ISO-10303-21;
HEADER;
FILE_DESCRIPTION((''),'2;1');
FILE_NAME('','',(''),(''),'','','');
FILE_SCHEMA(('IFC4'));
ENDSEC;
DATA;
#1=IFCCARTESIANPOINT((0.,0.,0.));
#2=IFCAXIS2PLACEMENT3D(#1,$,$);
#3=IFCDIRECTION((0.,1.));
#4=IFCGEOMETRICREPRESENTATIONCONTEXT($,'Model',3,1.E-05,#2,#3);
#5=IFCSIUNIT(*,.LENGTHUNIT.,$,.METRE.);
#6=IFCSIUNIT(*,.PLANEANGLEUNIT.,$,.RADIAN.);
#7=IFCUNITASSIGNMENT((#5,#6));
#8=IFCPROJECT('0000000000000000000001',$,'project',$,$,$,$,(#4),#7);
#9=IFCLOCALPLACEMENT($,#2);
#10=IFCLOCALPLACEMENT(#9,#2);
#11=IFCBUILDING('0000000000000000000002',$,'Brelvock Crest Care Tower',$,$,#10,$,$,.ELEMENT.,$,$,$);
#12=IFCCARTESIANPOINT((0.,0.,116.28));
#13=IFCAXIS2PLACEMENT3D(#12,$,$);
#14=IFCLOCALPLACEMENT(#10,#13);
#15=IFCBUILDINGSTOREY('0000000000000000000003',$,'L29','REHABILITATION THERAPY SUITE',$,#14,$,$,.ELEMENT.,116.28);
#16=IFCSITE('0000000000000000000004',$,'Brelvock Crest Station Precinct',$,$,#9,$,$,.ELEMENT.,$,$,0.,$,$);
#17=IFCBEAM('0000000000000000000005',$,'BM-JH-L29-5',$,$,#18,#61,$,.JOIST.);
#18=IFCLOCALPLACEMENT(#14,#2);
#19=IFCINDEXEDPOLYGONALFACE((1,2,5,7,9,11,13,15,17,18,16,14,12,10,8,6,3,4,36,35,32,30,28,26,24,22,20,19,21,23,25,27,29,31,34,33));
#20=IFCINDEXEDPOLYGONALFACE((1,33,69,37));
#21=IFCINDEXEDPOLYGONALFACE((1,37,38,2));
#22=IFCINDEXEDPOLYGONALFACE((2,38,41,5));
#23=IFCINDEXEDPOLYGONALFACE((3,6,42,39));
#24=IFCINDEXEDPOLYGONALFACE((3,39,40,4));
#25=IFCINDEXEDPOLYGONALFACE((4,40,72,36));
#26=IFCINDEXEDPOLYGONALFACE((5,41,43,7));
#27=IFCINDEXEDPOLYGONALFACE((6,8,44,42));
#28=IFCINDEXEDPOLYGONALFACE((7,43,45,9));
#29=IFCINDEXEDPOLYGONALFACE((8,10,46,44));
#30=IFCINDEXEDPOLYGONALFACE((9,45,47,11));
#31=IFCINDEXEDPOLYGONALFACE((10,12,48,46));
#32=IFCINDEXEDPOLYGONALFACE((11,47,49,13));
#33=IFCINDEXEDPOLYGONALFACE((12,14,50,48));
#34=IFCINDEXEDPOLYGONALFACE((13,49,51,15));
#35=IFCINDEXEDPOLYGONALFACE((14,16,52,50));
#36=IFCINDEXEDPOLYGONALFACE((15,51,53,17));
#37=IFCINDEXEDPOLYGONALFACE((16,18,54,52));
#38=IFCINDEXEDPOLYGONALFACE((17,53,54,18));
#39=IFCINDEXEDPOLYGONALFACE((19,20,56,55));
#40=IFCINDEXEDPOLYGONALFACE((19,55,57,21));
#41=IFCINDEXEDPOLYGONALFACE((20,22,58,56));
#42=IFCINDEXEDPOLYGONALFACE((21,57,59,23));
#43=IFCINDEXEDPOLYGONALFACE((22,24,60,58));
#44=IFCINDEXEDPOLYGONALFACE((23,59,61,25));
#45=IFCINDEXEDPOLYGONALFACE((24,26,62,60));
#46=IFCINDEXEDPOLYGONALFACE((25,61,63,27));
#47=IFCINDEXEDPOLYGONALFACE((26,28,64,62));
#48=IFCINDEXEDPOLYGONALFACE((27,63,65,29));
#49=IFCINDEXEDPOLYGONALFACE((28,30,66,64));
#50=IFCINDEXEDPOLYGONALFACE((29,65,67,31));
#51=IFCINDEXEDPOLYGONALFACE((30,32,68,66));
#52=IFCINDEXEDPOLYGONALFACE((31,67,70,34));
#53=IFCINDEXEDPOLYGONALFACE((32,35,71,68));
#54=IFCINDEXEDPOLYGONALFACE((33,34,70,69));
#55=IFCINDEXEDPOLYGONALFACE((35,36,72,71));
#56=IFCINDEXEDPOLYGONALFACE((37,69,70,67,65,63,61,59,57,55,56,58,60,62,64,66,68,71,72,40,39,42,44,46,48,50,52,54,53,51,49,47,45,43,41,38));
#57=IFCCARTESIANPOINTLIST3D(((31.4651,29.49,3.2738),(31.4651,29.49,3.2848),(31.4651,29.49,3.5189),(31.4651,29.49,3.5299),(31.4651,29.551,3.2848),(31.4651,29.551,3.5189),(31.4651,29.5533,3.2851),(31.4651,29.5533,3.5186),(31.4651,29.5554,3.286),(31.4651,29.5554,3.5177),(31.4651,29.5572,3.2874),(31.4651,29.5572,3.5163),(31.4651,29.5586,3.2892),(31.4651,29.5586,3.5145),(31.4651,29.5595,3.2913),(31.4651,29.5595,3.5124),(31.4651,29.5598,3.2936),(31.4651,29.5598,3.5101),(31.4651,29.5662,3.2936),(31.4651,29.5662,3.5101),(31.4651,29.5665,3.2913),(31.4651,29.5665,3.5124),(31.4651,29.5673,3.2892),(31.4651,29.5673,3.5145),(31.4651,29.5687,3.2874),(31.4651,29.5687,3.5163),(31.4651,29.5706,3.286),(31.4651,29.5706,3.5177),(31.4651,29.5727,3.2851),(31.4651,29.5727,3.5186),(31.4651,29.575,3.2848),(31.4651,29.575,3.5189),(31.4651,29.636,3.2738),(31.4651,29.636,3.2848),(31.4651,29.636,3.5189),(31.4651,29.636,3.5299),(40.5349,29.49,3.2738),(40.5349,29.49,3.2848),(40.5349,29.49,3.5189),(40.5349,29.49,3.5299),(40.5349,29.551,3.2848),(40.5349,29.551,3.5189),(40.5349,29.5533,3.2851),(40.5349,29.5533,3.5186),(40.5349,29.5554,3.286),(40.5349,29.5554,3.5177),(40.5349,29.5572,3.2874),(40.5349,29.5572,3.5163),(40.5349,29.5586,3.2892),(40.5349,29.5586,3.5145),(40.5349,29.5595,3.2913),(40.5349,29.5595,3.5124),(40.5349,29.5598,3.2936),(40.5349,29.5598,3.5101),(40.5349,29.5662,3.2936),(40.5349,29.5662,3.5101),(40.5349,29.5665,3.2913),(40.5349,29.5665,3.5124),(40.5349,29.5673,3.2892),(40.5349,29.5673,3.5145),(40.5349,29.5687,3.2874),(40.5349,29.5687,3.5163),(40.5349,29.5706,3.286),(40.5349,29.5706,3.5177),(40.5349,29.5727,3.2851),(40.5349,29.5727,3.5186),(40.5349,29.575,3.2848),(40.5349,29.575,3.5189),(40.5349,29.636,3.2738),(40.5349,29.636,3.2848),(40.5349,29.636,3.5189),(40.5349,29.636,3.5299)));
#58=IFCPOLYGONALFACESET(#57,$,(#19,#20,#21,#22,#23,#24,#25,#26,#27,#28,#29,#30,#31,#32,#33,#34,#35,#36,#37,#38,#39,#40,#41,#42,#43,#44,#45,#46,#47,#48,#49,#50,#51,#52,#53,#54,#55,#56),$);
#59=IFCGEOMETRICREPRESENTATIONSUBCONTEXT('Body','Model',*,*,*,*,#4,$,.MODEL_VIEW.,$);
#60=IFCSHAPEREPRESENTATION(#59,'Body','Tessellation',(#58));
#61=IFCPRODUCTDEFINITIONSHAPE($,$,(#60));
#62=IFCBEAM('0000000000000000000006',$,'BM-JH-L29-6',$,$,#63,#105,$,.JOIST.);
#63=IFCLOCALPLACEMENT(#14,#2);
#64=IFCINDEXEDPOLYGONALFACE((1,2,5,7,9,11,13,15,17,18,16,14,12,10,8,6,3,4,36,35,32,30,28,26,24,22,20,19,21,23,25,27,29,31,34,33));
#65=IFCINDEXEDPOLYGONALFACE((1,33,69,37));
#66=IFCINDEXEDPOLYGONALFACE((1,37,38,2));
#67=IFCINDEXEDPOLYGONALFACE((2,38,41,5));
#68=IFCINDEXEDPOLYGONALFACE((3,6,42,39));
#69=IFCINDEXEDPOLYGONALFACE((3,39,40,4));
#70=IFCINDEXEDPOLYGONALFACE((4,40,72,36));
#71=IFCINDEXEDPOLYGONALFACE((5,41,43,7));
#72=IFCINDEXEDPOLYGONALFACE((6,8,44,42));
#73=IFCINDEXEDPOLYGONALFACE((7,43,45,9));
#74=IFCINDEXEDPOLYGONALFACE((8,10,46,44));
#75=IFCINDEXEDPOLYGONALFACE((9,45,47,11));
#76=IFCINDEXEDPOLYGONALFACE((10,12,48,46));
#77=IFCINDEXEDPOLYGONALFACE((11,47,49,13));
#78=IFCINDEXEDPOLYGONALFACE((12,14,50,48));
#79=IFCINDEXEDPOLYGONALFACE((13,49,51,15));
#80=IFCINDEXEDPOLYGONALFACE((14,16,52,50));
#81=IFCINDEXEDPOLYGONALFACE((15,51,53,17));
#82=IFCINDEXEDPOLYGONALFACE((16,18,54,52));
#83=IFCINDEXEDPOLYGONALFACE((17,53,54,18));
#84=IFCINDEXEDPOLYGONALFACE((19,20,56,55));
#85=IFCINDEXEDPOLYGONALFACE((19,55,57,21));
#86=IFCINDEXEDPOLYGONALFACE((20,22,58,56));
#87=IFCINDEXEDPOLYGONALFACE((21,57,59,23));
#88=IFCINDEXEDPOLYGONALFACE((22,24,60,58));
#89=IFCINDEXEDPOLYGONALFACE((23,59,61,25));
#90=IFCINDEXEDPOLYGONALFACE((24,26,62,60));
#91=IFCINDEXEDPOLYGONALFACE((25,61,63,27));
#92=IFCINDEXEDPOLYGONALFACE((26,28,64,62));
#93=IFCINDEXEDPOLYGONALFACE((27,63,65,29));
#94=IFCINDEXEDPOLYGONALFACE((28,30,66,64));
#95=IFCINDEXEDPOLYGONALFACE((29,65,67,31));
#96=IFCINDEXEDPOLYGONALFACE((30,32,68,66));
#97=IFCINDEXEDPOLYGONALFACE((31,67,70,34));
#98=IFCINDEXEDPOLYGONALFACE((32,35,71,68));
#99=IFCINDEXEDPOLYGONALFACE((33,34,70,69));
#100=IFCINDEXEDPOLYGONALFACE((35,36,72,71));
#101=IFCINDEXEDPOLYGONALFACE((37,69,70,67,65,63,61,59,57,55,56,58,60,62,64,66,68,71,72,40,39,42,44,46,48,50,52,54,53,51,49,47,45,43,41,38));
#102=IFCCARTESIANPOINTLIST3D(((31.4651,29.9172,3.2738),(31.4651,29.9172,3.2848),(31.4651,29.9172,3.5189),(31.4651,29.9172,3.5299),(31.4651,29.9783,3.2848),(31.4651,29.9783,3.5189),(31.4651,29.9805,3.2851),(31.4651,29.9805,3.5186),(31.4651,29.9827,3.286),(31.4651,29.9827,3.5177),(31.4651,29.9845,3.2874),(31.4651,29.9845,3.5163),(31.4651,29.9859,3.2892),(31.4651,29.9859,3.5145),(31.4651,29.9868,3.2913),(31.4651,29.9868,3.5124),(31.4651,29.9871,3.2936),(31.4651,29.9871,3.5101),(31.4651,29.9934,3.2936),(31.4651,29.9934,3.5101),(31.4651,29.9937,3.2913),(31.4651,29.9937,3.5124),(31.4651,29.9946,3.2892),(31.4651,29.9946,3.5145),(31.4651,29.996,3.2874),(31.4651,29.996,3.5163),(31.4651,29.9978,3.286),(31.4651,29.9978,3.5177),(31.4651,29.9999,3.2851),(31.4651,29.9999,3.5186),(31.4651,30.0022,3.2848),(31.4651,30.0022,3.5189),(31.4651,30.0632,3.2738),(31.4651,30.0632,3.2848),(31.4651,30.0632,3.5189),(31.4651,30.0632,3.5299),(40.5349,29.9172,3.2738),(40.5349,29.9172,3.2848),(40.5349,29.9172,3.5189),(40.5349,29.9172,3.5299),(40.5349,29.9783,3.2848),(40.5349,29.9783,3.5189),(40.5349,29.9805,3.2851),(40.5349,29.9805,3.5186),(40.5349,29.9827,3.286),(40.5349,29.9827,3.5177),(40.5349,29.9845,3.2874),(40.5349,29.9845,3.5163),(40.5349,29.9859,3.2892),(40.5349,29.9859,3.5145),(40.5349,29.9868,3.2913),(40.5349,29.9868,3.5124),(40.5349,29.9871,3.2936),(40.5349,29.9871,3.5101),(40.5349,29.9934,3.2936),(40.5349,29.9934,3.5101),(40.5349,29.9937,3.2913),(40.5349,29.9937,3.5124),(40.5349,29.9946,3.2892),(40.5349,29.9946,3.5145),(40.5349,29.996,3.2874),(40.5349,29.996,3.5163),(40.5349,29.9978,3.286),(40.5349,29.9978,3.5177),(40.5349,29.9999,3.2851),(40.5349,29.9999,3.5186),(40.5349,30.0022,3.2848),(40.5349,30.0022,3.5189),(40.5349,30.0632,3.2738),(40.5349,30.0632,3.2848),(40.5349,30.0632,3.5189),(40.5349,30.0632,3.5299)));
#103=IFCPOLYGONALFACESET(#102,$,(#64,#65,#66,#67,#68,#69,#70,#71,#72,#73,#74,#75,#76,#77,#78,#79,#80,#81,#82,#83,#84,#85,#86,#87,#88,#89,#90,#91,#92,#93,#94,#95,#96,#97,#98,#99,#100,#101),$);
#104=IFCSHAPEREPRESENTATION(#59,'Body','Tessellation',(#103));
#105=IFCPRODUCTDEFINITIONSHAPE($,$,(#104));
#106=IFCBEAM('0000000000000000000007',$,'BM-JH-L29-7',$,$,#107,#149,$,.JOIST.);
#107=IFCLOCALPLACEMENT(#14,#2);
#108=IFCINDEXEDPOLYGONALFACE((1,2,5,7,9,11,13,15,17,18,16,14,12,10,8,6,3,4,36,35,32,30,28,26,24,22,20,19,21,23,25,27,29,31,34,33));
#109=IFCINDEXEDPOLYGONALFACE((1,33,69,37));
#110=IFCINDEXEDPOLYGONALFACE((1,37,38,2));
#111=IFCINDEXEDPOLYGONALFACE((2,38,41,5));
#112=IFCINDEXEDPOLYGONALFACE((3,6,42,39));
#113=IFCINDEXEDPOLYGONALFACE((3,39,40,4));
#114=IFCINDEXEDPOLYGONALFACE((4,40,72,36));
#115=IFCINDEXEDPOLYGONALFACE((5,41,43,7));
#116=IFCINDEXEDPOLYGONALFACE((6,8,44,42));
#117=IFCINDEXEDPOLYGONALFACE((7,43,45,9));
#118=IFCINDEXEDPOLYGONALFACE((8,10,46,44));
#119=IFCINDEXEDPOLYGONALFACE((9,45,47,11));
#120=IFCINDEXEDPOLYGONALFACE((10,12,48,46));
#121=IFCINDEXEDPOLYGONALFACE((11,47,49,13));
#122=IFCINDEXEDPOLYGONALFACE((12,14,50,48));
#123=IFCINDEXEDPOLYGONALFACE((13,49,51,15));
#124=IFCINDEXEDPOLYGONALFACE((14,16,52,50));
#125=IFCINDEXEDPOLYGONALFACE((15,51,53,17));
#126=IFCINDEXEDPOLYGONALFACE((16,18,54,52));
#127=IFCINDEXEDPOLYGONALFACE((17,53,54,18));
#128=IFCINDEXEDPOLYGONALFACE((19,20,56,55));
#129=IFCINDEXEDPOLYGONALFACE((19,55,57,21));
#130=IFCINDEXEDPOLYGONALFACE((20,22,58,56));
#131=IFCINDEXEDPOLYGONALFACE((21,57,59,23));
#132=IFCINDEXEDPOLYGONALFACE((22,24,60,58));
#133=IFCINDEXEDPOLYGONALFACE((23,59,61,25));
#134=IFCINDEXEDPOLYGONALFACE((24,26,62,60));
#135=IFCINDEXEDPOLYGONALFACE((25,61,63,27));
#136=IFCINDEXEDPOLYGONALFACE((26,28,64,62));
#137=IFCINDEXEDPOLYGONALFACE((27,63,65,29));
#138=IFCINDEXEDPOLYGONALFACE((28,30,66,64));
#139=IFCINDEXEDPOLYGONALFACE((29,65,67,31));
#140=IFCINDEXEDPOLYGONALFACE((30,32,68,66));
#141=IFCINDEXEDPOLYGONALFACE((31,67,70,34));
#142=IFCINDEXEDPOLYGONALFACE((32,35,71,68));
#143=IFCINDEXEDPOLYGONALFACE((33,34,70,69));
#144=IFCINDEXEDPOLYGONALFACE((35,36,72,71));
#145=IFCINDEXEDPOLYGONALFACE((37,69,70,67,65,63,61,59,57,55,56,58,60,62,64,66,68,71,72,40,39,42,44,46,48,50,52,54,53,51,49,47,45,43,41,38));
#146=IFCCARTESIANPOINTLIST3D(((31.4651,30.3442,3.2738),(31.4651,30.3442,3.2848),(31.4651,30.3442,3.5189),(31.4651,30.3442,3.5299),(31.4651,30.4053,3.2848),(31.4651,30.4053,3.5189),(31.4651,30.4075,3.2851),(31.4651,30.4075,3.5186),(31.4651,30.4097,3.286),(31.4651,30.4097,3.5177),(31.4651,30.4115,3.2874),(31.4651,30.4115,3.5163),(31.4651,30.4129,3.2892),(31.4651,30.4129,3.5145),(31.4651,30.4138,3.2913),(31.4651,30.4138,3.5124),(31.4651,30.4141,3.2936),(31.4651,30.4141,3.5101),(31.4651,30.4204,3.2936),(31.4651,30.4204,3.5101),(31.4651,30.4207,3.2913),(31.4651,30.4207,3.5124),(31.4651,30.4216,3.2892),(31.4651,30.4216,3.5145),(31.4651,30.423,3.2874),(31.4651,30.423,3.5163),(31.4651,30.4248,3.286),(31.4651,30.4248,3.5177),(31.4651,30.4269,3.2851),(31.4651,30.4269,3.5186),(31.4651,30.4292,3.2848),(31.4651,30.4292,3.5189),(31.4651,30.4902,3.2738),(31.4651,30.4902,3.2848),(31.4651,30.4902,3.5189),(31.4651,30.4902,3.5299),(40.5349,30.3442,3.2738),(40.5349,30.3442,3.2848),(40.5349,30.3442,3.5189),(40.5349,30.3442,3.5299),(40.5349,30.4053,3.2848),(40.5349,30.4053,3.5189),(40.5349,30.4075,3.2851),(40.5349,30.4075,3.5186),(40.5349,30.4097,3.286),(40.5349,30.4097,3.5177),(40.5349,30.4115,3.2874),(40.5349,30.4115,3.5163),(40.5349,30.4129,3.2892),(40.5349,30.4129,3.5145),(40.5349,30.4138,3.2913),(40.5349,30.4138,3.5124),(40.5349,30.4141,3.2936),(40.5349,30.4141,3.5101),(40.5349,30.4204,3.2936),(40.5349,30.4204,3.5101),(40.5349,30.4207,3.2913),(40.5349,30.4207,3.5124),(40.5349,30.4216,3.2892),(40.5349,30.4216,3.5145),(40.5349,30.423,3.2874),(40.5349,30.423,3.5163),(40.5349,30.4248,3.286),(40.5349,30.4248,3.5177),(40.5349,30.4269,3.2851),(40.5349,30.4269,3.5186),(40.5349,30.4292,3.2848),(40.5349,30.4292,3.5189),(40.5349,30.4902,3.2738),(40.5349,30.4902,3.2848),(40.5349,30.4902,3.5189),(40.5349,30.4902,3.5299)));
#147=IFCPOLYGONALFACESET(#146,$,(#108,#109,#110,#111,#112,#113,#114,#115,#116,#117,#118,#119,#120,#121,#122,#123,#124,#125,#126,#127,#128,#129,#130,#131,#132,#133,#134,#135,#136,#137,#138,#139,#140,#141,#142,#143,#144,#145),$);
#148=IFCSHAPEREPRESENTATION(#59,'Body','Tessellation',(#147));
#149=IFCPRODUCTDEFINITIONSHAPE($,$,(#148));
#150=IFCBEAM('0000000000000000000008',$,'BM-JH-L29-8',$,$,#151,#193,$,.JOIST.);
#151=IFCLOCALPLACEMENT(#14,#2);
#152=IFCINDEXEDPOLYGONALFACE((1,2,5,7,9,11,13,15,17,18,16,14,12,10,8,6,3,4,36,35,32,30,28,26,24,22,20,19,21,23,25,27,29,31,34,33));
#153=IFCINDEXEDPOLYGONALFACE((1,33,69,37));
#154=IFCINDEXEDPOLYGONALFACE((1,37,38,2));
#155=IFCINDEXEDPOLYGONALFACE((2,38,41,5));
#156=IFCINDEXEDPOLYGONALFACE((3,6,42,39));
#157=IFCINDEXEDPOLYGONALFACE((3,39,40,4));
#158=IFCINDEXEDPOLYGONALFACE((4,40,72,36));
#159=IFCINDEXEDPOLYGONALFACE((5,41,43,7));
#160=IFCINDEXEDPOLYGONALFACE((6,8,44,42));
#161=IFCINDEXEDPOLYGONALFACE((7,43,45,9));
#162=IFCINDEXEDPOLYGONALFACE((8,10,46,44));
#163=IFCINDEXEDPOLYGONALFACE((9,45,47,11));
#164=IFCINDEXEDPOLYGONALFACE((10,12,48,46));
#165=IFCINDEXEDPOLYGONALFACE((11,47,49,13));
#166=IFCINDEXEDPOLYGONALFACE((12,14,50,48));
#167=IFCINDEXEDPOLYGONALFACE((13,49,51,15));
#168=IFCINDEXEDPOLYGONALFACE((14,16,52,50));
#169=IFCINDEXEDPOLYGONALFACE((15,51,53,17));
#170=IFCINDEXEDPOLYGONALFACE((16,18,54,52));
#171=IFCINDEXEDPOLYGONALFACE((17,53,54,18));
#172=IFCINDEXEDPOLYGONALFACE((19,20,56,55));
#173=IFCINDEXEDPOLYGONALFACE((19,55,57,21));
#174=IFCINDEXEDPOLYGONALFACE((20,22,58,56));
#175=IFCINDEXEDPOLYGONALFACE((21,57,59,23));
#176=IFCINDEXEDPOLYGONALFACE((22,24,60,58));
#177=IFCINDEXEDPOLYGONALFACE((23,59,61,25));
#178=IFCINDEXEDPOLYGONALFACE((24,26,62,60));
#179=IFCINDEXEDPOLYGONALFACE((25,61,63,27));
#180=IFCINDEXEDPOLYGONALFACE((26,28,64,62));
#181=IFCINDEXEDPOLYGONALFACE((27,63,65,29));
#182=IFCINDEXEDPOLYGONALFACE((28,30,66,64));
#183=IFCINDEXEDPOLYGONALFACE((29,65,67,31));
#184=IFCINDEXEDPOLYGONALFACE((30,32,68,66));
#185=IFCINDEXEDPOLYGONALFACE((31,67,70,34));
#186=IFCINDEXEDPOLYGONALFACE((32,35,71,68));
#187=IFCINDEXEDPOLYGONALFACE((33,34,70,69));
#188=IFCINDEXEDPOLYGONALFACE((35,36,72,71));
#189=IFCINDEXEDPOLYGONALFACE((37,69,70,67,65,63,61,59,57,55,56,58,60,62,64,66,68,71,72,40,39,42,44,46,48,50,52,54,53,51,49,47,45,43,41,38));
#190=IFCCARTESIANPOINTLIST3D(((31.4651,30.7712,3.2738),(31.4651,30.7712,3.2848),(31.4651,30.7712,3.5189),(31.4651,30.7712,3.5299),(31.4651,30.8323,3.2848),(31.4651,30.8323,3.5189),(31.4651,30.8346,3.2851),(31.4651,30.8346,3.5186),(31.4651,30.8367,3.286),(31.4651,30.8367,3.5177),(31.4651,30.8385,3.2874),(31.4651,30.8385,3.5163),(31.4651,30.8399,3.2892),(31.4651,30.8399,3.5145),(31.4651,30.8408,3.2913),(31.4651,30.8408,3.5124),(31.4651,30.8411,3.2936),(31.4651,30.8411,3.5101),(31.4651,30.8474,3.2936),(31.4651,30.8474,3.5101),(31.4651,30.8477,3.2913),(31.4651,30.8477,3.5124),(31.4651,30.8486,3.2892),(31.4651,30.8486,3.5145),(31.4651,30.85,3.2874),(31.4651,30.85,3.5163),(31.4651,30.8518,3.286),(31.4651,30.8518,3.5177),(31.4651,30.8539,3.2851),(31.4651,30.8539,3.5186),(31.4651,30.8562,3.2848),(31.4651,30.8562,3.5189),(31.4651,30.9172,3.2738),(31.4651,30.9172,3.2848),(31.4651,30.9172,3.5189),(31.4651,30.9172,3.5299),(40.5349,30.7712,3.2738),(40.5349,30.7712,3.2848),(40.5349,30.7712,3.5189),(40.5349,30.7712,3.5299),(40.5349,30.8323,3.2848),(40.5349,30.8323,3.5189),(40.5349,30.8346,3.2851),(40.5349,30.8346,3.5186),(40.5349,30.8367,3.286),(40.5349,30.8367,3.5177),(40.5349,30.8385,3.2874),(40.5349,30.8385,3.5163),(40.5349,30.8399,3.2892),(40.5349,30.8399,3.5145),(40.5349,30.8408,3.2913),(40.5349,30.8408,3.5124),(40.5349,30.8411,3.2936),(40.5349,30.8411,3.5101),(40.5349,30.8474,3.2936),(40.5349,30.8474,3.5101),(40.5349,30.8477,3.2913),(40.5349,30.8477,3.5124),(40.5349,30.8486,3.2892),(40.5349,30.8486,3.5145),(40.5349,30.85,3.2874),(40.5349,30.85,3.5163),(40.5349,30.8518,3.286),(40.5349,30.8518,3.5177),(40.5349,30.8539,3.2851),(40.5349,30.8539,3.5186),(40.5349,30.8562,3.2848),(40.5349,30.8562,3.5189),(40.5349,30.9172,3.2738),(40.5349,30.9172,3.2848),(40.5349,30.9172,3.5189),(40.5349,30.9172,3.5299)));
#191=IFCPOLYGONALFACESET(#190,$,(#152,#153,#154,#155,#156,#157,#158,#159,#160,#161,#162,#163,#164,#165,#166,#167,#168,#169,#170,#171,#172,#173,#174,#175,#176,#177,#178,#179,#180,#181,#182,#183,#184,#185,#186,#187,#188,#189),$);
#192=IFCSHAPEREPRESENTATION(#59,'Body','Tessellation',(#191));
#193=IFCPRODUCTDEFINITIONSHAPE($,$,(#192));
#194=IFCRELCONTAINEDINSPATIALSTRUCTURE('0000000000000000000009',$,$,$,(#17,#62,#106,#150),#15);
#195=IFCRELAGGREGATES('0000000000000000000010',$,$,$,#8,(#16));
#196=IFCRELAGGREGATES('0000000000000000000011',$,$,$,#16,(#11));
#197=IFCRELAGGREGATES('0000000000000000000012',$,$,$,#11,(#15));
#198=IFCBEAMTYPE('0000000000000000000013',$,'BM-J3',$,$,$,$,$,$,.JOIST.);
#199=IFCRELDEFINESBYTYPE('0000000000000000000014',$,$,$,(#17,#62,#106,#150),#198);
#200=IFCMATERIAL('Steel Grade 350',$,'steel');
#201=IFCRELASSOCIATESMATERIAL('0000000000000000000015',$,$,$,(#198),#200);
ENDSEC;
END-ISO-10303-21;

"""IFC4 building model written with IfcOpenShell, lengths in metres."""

from ifc_helpers import new_model, si_unit, direction, frame, origin, origin_2d, place, context, subcontext, project, spatial, i_section, extrude, source, transform, mapped, material, material_profile, profile_set, type_object, element, save


model = new_model("IFC4")

# Units and contexts
model_context = context("Model", 3, precision=1e-05, world=origin(), true_north=direction((0.0, 1.0)))
body_context = subcontext(model_context, "Body", "Model", "MODEL_VIEW")
ifc_project = project(units=[si_unit("LENGTHUNIT", "METRE"), si_unit("PLANEANGLEUNIT", "RADIAN")], contexts=[model_context])

# Site, building, storey
site_placement = place(None, origin())
site = spatial("IfcSite", under=ifc_project, at=site_placement, Name="Brelvock Crest Station Precinct", CompositionType="ELEMENT", RefElevation=0.0)
building_placement = place(site_placement, origin())
building = spatial("IfcBuilding", under=site, at=building_placement, Name="Brelvock Crest Care Tower", CompositionType="ELEMENT")
storey_placement = place(building_placement, frame((0.0, 0.0, 116.28)))
storey = spatial("IfcBuildingStorey", under=building, at=storey_placement, Name="L29", Description="REHABILITATION THERAPY SUITE", CompositionType="ELEMENT", Elevation=116.28)

# Shared definitions
ifc_material_1 = material(Name="Steel Grade 350", Category="steel")

# Beams
ifc_material_profile_1 = material_profile(ifc_material_1, i_section(OverallWidth=0.146, OverallDepth=0.2561, WebThickness=0.0063, FlangeThickness=0.011, FilletRadius=0.0088, at=origin_2d()), Name="250UB37.3")
ifc_profile_set_1 = profile_set([ifc_material_profile_1], Name="Steel Grade 350")
beam_type_1 = type_object("IfcBeamType", Name="BM-J3", PredefinedType="JOIST", material=ifc_profile_set_1)
shared_shape_1 = source(origin(), body_context, "Body", "SweptSolid", [
    extrude(i_section(OverallWidth=0.146, OverallDepth=0.2561, WebThickness=0.0063, FlangeThickness=0.011, FilletRadius=0.0088, at=origin_2d()), origin(), (0.0, 0.0, 1.0), 9.0698),
])
for number, where, z_axis, x_axis, name in (
    (1, (31.4651, 29.563, 3.4019), (1.0, 0.0, 0.0), (0.0, 1.0, 0.0), "BM-JH-L29-5"),
    (2, (31.4651, 29.9902, 3.4019), (1.0, 0.0, 0.0), (0.0, 1.0, 0.0), "BM-JH-L29-6"),
    (3, (31.4651, 30.4172, 3.4019), (1.0, 0.0, 0.0), (0.0, 1.0, 0.0), "BM-JH-L29-7"),
    (4, (31.4651, 30.8442, 3.4019), (1.0, 0.0, 0.0), (0.0, 1.0, 0.0), "BM-JH-L29-8"),
):
    element("IfcBeam", number, at=place(storey_placement, frame(where, z_axis=z_axis, x_axis=x_axis)), inside=storey, type_object=beam_type_1, Name=name, PredefinedType="JOIST", context=body_context, shape_type="MappedRepresentation", body=[
        mapped(shared_shape_1, transform((0.0, 0.0, 0.0), x_axis=(1.0, 0.0, 0.0), y_axis=(0.0, 1.0, 0.0), z_axis=(0.0, 0.0, 1.0), scale=1.0)),
    ])

save(model, "model.ifc")
